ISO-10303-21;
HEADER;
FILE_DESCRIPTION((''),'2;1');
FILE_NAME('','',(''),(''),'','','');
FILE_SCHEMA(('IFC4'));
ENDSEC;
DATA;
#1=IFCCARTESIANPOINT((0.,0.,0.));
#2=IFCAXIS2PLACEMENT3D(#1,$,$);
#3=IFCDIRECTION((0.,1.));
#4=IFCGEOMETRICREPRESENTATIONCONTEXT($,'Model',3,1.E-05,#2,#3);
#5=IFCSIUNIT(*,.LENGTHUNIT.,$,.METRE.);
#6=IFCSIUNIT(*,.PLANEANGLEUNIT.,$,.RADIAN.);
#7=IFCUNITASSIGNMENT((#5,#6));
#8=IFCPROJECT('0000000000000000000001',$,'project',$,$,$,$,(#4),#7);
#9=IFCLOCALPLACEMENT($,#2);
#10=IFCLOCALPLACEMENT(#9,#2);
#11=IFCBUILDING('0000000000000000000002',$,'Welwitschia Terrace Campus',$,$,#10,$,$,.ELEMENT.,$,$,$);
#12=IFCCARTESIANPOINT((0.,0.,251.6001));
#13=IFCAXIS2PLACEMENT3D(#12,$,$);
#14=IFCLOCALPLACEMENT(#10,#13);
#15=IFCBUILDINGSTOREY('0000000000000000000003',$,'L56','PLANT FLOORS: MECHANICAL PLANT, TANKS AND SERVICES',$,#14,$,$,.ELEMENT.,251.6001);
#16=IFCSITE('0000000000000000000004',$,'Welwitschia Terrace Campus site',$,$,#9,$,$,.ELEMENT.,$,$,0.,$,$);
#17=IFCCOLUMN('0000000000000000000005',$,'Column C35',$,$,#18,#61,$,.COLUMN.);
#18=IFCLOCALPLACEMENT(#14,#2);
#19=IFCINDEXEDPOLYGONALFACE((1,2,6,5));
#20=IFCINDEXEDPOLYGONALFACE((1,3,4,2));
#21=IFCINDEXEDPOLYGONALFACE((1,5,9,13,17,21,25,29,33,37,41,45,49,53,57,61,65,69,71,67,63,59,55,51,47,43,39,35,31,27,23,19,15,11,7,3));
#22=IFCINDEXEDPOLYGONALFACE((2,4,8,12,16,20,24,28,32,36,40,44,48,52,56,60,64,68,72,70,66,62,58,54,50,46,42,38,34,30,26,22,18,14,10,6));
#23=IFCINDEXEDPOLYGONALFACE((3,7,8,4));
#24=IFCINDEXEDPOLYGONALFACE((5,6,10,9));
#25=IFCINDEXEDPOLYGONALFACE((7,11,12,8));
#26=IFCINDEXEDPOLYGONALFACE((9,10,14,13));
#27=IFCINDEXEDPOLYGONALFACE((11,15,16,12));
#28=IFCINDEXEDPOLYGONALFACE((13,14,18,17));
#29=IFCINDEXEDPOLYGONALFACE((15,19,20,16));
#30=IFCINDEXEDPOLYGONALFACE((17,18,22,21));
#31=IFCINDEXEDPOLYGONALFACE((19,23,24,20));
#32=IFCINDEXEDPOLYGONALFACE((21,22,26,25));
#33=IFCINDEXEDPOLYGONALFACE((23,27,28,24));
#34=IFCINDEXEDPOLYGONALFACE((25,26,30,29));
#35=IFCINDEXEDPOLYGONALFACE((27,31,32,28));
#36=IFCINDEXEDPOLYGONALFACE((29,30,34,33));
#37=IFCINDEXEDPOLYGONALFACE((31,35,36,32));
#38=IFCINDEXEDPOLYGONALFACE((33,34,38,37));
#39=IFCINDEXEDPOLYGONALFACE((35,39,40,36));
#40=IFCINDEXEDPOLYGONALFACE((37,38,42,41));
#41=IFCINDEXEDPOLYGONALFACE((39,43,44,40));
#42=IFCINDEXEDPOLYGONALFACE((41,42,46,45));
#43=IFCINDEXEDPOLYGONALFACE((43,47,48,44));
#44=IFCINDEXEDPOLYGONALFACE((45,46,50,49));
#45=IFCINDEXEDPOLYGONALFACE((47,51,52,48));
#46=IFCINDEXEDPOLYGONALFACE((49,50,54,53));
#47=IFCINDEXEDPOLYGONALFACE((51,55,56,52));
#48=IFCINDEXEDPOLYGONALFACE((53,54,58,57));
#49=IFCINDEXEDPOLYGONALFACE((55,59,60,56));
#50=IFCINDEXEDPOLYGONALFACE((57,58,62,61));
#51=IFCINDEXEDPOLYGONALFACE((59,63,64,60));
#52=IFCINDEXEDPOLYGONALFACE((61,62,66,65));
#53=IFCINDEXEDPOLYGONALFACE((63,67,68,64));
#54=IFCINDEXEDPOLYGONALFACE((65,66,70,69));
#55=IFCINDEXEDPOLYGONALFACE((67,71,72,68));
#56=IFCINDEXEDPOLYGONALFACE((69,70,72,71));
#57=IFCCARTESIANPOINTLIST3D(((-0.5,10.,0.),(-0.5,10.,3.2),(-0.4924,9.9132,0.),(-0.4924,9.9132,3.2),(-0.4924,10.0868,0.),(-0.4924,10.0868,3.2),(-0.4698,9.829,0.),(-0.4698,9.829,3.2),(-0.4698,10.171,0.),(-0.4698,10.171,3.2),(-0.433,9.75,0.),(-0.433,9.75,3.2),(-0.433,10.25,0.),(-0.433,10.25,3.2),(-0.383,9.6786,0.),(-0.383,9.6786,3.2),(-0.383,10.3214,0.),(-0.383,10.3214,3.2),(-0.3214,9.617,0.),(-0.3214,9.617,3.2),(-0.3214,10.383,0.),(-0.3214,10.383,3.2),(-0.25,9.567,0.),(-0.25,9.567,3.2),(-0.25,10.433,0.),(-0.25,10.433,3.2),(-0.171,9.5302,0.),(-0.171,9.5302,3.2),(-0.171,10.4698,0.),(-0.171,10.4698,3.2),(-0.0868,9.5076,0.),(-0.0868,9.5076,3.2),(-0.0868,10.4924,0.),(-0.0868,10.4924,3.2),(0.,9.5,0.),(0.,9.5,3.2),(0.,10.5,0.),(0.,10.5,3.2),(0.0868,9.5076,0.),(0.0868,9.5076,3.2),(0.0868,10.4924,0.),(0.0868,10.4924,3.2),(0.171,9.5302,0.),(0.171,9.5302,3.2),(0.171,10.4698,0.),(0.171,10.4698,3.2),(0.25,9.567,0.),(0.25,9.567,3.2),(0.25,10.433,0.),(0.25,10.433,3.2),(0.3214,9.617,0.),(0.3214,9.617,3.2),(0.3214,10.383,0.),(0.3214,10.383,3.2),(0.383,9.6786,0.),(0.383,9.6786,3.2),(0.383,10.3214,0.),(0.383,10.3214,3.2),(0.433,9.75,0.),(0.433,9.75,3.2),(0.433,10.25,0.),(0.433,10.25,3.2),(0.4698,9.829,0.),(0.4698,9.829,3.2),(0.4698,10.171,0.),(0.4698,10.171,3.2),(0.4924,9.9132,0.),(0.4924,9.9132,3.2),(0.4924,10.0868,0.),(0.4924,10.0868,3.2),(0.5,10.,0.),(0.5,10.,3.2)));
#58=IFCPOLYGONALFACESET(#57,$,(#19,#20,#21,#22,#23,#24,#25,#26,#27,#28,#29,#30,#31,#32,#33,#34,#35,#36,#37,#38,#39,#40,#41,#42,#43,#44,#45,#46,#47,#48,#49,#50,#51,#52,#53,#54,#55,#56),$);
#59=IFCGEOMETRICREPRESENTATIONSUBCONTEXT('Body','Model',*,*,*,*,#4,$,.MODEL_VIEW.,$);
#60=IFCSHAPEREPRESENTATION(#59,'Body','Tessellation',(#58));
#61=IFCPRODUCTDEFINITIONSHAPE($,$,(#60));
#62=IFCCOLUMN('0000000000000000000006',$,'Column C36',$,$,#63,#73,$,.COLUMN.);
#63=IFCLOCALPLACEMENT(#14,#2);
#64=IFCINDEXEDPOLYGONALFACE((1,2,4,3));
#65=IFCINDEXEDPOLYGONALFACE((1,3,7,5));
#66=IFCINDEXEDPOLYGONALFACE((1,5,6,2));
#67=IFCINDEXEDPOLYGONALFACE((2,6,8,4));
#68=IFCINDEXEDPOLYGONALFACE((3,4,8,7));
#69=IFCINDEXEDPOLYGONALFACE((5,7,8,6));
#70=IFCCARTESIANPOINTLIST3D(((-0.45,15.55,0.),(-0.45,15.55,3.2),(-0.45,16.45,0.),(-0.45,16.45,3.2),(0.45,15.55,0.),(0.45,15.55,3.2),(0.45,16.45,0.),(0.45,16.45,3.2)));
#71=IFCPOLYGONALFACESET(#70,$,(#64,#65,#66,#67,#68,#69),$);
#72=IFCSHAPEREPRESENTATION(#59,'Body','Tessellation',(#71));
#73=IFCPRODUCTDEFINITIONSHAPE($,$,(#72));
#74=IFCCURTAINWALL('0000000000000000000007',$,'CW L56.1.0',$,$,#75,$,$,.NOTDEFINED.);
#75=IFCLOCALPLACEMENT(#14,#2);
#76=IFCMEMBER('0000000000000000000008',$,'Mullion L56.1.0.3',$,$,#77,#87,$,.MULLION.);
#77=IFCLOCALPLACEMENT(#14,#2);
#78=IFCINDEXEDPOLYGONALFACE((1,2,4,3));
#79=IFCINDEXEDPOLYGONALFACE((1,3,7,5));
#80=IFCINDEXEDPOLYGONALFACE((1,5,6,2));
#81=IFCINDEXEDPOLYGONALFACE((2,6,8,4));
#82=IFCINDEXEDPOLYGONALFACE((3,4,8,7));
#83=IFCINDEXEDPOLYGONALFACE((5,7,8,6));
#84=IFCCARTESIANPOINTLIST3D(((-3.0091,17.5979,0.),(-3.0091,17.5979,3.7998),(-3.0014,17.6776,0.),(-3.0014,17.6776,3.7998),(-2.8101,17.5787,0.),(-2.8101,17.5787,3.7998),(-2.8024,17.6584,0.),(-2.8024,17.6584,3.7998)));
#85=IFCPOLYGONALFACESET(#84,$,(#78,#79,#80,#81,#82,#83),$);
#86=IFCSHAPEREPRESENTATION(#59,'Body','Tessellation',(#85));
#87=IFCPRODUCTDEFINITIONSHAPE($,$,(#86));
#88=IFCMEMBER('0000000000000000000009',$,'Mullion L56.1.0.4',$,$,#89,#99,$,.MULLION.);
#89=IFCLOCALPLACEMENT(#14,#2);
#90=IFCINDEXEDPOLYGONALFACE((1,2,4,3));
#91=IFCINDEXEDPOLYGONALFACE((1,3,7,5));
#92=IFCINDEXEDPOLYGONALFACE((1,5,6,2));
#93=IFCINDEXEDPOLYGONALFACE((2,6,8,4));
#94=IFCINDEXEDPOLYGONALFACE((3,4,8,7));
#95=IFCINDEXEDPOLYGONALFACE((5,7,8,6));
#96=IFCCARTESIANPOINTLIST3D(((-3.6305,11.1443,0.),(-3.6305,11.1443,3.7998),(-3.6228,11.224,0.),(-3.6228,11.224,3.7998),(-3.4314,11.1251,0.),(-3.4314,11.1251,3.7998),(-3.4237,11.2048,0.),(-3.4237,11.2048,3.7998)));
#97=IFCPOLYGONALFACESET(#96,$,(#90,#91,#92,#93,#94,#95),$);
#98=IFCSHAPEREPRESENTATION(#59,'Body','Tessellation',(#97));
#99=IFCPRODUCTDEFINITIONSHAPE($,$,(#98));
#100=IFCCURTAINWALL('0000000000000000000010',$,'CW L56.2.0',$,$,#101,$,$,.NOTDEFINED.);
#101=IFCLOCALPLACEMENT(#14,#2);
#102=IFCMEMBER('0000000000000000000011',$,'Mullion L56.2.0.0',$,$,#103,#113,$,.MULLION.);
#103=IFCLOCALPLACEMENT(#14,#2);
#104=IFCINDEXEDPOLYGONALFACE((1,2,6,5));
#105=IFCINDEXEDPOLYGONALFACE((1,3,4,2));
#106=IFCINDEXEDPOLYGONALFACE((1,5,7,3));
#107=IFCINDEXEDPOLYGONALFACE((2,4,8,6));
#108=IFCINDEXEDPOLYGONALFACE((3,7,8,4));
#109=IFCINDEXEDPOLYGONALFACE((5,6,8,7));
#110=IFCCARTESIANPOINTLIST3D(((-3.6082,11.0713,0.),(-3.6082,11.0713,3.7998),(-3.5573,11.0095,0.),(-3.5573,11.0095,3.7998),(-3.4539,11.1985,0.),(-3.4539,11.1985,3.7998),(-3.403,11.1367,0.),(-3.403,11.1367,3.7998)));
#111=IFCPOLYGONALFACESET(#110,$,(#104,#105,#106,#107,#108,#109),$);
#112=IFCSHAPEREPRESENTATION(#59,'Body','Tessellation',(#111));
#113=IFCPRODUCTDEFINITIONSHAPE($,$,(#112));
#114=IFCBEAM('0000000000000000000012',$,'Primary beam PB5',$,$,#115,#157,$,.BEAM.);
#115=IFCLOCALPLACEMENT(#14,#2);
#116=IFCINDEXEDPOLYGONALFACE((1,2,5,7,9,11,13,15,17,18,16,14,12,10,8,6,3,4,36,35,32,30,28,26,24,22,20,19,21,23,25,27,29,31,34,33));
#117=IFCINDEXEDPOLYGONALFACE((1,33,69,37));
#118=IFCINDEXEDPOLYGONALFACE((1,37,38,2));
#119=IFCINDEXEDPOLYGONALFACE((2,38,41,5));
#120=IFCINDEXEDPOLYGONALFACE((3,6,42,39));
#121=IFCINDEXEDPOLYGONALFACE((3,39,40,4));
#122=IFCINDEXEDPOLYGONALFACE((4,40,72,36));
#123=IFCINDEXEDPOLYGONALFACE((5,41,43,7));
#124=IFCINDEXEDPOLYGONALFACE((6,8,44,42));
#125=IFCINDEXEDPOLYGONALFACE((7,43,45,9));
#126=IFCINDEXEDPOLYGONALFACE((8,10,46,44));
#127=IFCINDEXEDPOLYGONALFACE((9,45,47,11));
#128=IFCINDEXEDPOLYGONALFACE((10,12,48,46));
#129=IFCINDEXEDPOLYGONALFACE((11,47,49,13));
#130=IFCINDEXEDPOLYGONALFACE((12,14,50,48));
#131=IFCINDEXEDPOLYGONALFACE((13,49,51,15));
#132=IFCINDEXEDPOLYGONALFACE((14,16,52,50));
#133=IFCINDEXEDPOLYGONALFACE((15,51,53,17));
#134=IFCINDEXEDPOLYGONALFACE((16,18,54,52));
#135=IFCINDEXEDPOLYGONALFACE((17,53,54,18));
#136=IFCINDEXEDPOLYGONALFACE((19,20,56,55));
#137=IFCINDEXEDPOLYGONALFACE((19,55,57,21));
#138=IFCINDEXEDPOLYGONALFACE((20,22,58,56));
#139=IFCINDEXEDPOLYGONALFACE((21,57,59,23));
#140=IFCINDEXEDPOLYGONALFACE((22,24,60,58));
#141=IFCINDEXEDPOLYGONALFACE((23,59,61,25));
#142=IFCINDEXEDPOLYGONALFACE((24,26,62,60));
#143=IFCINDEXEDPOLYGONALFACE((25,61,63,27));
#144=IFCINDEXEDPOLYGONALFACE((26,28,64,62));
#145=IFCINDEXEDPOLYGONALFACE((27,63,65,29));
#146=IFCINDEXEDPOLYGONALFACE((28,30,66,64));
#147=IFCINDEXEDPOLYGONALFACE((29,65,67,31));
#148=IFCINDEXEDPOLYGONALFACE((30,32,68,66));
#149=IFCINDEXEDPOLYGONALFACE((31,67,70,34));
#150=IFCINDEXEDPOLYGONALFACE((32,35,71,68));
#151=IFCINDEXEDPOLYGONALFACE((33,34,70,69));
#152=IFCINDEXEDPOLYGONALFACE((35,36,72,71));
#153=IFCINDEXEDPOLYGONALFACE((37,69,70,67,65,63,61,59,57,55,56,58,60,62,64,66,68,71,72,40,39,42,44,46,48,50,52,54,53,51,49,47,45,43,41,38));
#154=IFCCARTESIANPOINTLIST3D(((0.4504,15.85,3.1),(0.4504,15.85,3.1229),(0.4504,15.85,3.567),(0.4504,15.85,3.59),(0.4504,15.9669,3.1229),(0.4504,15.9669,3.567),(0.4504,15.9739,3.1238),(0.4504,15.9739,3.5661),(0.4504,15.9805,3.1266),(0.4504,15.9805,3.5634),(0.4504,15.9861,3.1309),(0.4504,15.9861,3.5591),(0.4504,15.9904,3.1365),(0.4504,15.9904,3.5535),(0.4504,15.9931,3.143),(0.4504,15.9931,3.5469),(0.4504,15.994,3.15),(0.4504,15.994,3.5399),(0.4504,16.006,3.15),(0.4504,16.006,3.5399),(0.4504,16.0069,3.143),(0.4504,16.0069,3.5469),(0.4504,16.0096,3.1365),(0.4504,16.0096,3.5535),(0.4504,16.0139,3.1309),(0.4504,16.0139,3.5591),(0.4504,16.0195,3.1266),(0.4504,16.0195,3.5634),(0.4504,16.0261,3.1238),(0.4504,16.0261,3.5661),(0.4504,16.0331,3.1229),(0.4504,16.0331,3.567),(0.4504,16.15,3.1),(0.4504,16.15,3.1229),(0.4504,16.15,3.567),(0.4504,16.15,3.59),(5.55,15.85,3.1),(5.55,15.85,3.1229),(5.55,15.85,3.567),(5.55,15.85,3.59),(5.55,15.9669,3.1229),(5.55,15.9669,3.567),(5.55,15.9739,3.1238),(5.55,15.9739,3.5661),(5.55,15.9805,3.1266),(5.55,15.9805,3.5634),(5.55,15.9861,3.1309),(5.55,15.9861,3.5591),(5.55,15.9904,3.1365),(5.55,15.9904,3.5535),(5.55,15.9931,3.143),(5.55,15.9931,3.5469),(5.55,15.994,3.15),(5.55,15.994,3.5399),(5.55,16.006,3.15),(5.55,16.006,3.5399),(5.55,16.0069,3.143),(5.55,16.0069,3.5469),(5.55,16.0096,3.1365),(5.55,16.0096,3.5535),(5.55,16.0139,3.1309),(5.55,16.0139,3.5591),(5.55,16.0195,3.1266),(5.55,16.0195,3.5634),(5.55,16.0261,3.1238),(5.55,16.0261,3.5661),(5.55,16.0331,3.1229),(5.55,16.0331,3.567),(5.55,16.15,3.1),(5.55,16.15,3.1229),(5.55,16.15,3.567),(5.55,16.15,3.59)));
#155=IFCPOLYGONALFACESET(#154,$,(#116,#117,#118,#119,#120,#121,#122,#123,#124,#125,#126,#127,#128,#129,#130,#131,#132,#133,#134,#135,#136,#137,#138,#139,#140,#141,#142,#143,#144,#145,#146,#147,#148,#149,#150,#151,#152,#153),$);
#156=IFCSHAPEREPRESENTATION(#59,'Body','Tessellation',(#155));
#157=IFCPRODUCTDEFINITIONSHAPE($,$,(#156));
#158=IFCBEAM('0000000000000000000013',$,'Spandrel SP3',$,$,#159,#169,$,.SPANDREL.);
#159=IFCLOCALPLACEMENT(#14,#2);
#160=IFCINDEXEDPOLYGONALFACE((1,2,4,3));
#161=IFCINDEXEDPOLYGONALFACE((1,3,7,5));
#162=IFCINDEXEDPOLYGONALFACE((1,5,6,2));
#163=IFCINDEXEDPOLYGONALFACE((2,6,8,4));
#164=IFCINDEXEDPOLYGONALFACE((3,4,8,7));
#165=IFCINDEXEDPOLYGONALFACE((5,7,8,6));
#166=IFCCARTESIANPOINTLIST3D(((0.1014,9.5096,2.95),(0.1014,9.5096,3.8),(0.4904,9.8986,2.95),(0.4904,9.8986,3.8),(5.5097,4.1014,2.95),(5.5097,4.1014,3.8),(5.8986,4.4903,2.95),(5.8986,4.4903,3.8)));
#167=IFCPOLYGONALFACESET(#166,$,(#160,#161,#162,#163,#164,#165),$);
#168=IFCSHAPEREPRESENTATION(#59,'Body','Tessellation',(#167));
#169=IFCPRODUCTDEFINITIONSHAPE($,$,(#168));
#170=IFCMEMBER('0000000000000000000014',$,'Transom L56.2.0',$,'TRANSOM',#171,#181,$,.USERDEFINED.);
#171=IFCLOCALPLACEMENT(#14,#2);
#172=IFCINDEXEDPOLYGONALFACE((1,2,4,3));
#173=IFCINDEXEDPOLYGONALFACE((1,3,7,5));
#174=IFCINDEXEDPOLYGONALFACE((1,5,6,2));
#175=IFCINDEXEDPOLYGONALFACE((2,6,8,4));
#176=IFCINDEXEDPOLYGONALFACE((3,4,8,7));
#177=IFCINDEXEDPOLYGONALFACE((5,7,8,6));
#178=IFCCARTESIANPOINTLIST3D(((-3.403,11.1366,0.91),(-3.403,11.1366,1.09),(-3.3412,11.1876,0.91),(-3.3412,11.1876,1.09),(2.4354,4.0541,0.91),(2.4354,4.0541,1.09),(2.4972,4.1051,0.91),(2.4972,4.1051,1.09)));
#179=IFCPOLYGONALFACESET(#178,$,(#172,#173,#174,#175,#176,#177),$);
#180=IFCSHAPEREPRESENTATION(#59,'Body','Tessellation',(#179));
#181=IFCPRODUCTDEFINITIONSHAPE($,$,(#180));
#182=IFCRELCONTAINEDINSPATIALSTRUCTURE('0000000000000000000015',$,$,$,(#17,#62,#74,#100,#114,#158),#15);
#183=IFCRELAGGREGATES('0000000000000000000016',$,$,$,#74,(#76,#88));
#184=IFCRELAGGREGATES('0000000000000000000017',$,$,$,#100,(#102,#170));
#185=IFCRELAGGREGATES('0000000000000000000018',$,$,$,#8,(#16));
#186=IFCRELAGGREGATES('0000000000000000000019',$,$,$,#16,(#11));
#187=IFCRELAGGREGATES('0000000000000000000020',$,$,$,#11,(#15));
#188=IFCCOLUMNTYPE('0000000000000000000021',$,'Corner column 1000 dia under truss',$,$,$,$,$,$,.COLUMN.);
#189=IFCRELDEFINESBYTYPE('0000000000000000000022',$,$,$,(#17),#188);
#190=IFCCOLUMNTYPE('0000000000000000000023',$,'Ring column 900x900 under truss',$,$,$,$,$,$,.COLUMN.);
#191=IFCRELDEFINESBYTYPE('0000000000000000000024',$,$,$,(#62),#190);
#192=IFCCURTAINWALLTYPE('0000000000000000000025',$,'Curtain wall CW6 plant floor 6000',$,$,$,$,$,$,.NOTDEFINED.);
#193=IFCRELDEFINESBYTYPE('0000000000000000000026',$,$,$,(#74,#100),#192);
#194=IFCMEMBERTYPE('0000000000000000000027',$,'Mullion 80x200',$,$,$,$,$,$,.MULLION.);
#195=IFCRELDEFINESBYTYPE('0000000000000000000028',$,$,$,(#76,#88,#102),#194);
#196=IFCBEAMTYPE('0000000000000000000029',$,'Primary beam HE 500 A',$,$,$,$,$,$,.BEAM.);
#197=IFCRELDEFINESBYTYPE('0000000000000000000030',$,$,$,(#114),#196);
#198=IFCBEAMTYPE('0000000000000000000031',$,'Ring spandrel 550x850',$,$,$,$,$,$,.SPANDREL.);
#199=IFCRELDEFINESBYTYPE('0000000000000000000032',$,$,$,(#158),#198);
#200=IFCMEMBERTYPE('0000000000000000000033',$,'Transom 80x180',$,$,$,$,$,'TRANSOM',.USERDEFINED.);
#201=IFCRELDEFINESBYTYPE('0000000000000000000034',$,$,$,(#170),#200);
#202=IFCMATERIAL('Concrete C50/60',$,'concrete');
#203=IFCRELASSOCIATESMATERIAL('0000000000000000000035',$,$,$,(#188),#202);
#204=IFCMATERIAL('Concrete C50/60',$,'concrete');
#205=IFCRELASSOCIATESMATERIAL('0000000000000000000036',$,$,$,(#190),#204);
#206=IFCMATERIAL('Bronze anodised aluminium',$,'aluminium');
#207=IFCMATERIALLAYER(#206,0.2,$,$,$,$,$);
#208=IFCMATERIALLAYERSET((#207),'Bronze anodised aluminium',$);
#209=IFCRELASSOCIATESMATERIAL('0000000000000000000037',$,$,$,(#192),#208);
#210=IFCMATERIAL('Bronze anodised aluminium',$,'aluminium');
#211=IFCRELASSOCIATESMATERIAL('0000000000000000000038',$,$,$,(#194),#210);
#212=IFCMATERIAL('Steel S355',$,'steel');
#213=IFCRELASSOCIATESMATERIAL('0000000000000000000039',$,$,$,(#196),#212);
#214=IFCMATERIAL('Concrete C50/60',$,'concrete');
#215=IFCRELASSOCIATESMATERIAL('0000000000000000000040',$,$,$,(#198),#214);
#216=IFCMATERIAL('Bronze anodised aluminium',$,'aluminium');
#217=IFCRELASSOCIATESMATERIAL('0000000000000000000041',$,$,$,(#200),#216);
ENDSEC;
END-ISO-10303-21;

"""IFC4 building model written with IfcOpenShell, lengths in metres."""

from ifc_helpers import new_model, si_unit, direction, frame, origin, origin_2d, place, context, subcontext, project, spatial, rectangle, circle, i_section, extrude, material, layer, layer_set, material_profile, profile_set, type_object, element, aggregate, save


model = new_model("IFC4")

# Units and contexts
model_context = context("Model", 3, precision=1e-05, world=origin(), true_north=direction((0.0, 1.0)))
body_context = subcontext(model_context, "Body", "Model", "MODEL_VIEW")
ifc_project = project(units=[si_unit("LENGTHUNIT", "METRE"), si_unit("PLANEANGLEUNIT", "RADIAN")], contexts=[model_context])

# Site, building, storey
site_placement = place(None, origin())
site = spatial("IfcSite", under=ifc_project, at=site_placement, Name="Welwitschia Terrace Campus site", CompositionType="ELEMENT", RefElevation=0.0)
building_placement = place(site_placement, origin())
building = spatial("IfcBuilding", under=site, at=building_placement, Name="Welwitschia Terrace Campus", CompositionType="ELEMENT")
storey_placement = place(building_placement, frame((0.0, 0.0, 251.6001)))
storey = spatial("IfcBuildingStorey", under=building, at=storey_placement, Name="L56", Description="PLANT FLOORS: MECHANICAL PLANT, TANKS AND SERVICES", CompositionType="ELEMENT", Elevation=251.6001)

# Columns
ifc_material_1 = material(Name="Concrete C50/60", Category="concrete")
ifc_material_profile_1 = material_profile(ifc_material_1, circle(Radius=0.5, at=origin_2d()))
ifc_profile_set_1 = profile_set([ifc_material_profile_1], Name="Concrete C50/60")
column_type_1 = type_object("IfcColumnType", Name="Corner column 1000 dia under truss", PredefinedType="COLUMN", material=ifc_profile_set_1)
column_1_placement = place(storey_placement, frame((0.0, 10.0, 0.0), z_axis=(0.0, 0.0, 1.0), x_axis=(1.0, 0.0, 0.0)))
element("IfcColumn", 1, at=column_1_placement, inside=storey, type_object=column_type_1, Name="Column C35", PredefinedType="COLUMN", context=body_context, shape_type="SweptSolid", body=[
    extrude(circle(Radius=0.5, at=origin_2d()), origin(), (0.0, 0.0, 1.0), 3.2),
])
ifc_material_2 = material(Name="Concrete C50/60", Category="concrete")
ifc_material_profile_2 = material_profile(ifc_material_2, rectangle(XDim=0.8999, YDim=0.8999, at=origin_2d()))
ifc_profile_set_2 = profile_set([ifc_material_profile_2], Name="Concrete C50/60")
column_type_2 = type_object("IfcColumnType", Name="Ring column 900x900 under truss", PredefinedType="COLUMN", material=ifc_profile_set_2)
column_2_placement = place(storey_placement, frame((0.0, 16.0, 0.0), z_axis=(0.0, 0.0, 1.0), x_axis=(1.0, 0.0, 0.0)))
element("IfcColumn", 2, at=column_2_placement, inside=storey, type_object=column_type_2, Name="Column C36", PredefinedType="COLUMN", context=body_context, shape_type="SweptSolid", body=[
    extrude(rectangle(XDim=0.8999, YDim=0.8999, at=origin_2d()), origin(), (0.0, 0.0, 1.0), 3.2),
])

# Curtain wall, members
ifc_material_3 = material(Name="Bronze anodised aluminium", Category="aluminium")
ifc_layer_1 = layer(ifc_material_3, 0.2)
ifc_layer_set_1 = layer_set([ifc_layer_1], Name="Bronze anodised aluminium")
curtain_wall_type = type_object("IfcCurtainWallType", Name="Curtain wall CW6 plant floor 6000", PredefinedType="NOTDEFINED", material=ifc_layer_set_1)
curtain_wall_1_placement = place(storey_placement, origin())
curtain_wall_1 = element("IfcCurtainWall", 3, at=curtain_wall_1_placement, inside=storey, type_object=curtain_wall_type, Name="CW L56.1.0", PredefinedType="NOTDEFINED")
ifc_material_4 = material(Name="Bronze anodised aluminium", Category="aluminium")
ifc_material_profile_3 = material_profile(ifc_material_4, rectangle(XDim=0.2, YDim=0.0801, at=origin_2d()))
ifc_profile_set_3 = profile_set([ifc_material_profile_3], Name="Bronze anodised aluminium")
member_type_1 = type_object("IfcMemberType", Name="Mullion 80x200", PredefinedType="MULLION", material=ifc_profile_set_3)
member_1_placement = place(storey_placement, frame((-2.9058, 17.6282, 0.0), z_axis=(0.0, 0.0, 1.0), x_axis=(0.995396, -0.095846, 0.0)))
member_1 = element("IfcMember", 4, at=member_1_placement, type_object=member_type_1, Name="Mullion L56.1.0.3", PredefinedType="MULLION", context=body_context, shape_type="SweptSolid", body=[
    extrude(rectangle(XDim=0.2, YDim=0.0801, at=origin_2d()), origin(), (0.0, 0.0, 1.0), 3.7998),
])
member_2_placement = place(storey_placement, frame((-3.5271, 11.1746, 0.0), z_axis=(0.0, 0.0, 1.0), x_axis=(0.995396, -0.095846, 0.0)))
member_2 = element("IfcMember", 5, at=member_2_placement, type_object=member_type_1, Name="Mullion L56.1.0.4", PredefinedType="MULLION", context=body_context, shape_type="SweptSolid", body=[
    extrude(rectangle(XDim=0.2, YDim=0.0801, at=origin_2d()), origin(), (0.0, 0.0, 1.0), 3.7998),
])

# Curtain wall, member
curtain_wall_2_placement = place(storey_placement, origin())
curtain_wall_2 = element("IfcCurtainWall", 6, at=curtain_wall_2_placement, inside=storey, type_object=curtain_wall_type, Name="CW L56.2.0", PredefinedType="NOTDEFINED")
member_3_placement = place(storey_placement, frame((-3.5056, 11.104, 0.0), z_axis=(0.0, 0.0, 1.0), x_axis=(0.771625, 0.636078, 0.0)))
member_3 = element("IfcMember", 7, at=member_3_placement, type_object=member_type_1, Name="Mullion L56.2.0.0", PredefinedType="MULLION", context=body_context, shape_type="SweptSolid", body=[
    extrude(rectangle(XDim=0.2, YDim=0.0801, at=origin_2d()), origin(), (0.0, 0.0, 1.0), 3.7998),
])

# Beams
ifc_material_5 = material(Name="Steel S355", Category="steel")
ifc_material_profile_4 = material_profile(ifc_material_5, i_section(OverallWidth=0.3, OverallDepth=0.49, WebThickness=0.012, FlangeThickness=0.0229, FilletRadius=0.0271, at=origin_2d()))
ifc_profile_set_4 = profile_set([ifc_material_profile_4], Name="Steel S355")
beam_type_1 = type_object("IfcBeamType", Name="Primary beam HE 500 A", PredefinedType="BEAM", material=ifc_profile_set_4)
beam_1_placement = place(storey_placement, frame((0.4504, 16.0, 3.345), z_axis=(1.0, 0.0, 0.0), x_axis=(0.0, 1.0, 0.0)))
element("IfcBeam", 8, at=beam_1_placement, inside=storey, type_object=beam_type_1, Name="Primary beam PB5", PredefinedType="BEAM", context=body_context, shape_type="SweptSolid", body=[
    extrude(i_section(OverallWidth=0.3, OverallDepth=0.49, WebThickness=0.012, FlangeThickness=0.0229, FilletRadius=0.0271, at=origin_2d()), origin(), (0.0, 0.0, 1.0), 5.0996),
])
ifc_material_6 = material(Name="Concrete C50/60", Category="concrete")
ifc_material_profile_5 = material_profile(ifc_material_6, rectangle(XDim=0.55, YDim=0.8501, at=origin_2d()))
ifc_profile_set_5 = profile_set([ifc_material_profile_5], Name="Concrete C50/60")
beam_type_2 = type_object("IfcBeamType", Name="Ring spandrel 550x850", PredefinedType="SPANDREL", material=ifc_profile_set_5)
beam_2_placement = place(storey_placement, frame((0.2959, 9.7041, 3.375), z_axis=(0.707107, -0.707107, 0.0), x_axis=(0.707107, 0.707107, 0.0)))
element("IfcBeam", 9, at=beam_2_placement, inside=storey, type_object=beam_type_2, Name="Spandrel SP3", PredefinedType="SPANDREL", context=body_context, shape_type="SweptSolid", body=[
    extrude(rectangle(XDim=0.55, YDim=0.8501, at=origin_2d()), origin(), (0.0, 0.0, 1.0), 7.6484),
])

# Member
ifc_material_7 = material(Name="Bronze anodised aluminium", Category="aluminium")
ifc_material_profile_6 = material_profile(ifc_material_7, rectangle(XDim=0.0801, YDim=0.1799, at=origin_2d()))
ifc_profile_set_6 = profile_set([ifc_material_profile_6], Name="Bronze anodised aluminium")
member_type_2 = type_object("IfcMemberType", Name="Transom 80x180", ElementType="TRANSOM", PredefinedType="USERDEFINED", material=ifc_profile_set_6)
member_4_placement = place(storey_placement, frame((-3.3721, 11.1621, 1.0), z_axis=(0.636078, -0.771625, 0.0), x_axis=(0.771625, 0.636078, 0.0)))
member_4 = element("IfcMember", 10, at=member_4_placement, type_object=member_type_2, Name="Transom L56.2.0", ObjectType="TRANSOM", PredefinedType="USERDEFINED", context=body_context, shape_type="SweptSolid", body=[
    extrude(rectangle(XDim=0.0801, YDim=0.1799, at=origin_2d()), origin(), (0.0, 0.0, 1.0), 9.1787),
])

aggregate(curtain_wall_1, [member_1, member_2])
aggregate(curtain_wall_2, [member_3, member_4])

save(model, "model.ifc")
